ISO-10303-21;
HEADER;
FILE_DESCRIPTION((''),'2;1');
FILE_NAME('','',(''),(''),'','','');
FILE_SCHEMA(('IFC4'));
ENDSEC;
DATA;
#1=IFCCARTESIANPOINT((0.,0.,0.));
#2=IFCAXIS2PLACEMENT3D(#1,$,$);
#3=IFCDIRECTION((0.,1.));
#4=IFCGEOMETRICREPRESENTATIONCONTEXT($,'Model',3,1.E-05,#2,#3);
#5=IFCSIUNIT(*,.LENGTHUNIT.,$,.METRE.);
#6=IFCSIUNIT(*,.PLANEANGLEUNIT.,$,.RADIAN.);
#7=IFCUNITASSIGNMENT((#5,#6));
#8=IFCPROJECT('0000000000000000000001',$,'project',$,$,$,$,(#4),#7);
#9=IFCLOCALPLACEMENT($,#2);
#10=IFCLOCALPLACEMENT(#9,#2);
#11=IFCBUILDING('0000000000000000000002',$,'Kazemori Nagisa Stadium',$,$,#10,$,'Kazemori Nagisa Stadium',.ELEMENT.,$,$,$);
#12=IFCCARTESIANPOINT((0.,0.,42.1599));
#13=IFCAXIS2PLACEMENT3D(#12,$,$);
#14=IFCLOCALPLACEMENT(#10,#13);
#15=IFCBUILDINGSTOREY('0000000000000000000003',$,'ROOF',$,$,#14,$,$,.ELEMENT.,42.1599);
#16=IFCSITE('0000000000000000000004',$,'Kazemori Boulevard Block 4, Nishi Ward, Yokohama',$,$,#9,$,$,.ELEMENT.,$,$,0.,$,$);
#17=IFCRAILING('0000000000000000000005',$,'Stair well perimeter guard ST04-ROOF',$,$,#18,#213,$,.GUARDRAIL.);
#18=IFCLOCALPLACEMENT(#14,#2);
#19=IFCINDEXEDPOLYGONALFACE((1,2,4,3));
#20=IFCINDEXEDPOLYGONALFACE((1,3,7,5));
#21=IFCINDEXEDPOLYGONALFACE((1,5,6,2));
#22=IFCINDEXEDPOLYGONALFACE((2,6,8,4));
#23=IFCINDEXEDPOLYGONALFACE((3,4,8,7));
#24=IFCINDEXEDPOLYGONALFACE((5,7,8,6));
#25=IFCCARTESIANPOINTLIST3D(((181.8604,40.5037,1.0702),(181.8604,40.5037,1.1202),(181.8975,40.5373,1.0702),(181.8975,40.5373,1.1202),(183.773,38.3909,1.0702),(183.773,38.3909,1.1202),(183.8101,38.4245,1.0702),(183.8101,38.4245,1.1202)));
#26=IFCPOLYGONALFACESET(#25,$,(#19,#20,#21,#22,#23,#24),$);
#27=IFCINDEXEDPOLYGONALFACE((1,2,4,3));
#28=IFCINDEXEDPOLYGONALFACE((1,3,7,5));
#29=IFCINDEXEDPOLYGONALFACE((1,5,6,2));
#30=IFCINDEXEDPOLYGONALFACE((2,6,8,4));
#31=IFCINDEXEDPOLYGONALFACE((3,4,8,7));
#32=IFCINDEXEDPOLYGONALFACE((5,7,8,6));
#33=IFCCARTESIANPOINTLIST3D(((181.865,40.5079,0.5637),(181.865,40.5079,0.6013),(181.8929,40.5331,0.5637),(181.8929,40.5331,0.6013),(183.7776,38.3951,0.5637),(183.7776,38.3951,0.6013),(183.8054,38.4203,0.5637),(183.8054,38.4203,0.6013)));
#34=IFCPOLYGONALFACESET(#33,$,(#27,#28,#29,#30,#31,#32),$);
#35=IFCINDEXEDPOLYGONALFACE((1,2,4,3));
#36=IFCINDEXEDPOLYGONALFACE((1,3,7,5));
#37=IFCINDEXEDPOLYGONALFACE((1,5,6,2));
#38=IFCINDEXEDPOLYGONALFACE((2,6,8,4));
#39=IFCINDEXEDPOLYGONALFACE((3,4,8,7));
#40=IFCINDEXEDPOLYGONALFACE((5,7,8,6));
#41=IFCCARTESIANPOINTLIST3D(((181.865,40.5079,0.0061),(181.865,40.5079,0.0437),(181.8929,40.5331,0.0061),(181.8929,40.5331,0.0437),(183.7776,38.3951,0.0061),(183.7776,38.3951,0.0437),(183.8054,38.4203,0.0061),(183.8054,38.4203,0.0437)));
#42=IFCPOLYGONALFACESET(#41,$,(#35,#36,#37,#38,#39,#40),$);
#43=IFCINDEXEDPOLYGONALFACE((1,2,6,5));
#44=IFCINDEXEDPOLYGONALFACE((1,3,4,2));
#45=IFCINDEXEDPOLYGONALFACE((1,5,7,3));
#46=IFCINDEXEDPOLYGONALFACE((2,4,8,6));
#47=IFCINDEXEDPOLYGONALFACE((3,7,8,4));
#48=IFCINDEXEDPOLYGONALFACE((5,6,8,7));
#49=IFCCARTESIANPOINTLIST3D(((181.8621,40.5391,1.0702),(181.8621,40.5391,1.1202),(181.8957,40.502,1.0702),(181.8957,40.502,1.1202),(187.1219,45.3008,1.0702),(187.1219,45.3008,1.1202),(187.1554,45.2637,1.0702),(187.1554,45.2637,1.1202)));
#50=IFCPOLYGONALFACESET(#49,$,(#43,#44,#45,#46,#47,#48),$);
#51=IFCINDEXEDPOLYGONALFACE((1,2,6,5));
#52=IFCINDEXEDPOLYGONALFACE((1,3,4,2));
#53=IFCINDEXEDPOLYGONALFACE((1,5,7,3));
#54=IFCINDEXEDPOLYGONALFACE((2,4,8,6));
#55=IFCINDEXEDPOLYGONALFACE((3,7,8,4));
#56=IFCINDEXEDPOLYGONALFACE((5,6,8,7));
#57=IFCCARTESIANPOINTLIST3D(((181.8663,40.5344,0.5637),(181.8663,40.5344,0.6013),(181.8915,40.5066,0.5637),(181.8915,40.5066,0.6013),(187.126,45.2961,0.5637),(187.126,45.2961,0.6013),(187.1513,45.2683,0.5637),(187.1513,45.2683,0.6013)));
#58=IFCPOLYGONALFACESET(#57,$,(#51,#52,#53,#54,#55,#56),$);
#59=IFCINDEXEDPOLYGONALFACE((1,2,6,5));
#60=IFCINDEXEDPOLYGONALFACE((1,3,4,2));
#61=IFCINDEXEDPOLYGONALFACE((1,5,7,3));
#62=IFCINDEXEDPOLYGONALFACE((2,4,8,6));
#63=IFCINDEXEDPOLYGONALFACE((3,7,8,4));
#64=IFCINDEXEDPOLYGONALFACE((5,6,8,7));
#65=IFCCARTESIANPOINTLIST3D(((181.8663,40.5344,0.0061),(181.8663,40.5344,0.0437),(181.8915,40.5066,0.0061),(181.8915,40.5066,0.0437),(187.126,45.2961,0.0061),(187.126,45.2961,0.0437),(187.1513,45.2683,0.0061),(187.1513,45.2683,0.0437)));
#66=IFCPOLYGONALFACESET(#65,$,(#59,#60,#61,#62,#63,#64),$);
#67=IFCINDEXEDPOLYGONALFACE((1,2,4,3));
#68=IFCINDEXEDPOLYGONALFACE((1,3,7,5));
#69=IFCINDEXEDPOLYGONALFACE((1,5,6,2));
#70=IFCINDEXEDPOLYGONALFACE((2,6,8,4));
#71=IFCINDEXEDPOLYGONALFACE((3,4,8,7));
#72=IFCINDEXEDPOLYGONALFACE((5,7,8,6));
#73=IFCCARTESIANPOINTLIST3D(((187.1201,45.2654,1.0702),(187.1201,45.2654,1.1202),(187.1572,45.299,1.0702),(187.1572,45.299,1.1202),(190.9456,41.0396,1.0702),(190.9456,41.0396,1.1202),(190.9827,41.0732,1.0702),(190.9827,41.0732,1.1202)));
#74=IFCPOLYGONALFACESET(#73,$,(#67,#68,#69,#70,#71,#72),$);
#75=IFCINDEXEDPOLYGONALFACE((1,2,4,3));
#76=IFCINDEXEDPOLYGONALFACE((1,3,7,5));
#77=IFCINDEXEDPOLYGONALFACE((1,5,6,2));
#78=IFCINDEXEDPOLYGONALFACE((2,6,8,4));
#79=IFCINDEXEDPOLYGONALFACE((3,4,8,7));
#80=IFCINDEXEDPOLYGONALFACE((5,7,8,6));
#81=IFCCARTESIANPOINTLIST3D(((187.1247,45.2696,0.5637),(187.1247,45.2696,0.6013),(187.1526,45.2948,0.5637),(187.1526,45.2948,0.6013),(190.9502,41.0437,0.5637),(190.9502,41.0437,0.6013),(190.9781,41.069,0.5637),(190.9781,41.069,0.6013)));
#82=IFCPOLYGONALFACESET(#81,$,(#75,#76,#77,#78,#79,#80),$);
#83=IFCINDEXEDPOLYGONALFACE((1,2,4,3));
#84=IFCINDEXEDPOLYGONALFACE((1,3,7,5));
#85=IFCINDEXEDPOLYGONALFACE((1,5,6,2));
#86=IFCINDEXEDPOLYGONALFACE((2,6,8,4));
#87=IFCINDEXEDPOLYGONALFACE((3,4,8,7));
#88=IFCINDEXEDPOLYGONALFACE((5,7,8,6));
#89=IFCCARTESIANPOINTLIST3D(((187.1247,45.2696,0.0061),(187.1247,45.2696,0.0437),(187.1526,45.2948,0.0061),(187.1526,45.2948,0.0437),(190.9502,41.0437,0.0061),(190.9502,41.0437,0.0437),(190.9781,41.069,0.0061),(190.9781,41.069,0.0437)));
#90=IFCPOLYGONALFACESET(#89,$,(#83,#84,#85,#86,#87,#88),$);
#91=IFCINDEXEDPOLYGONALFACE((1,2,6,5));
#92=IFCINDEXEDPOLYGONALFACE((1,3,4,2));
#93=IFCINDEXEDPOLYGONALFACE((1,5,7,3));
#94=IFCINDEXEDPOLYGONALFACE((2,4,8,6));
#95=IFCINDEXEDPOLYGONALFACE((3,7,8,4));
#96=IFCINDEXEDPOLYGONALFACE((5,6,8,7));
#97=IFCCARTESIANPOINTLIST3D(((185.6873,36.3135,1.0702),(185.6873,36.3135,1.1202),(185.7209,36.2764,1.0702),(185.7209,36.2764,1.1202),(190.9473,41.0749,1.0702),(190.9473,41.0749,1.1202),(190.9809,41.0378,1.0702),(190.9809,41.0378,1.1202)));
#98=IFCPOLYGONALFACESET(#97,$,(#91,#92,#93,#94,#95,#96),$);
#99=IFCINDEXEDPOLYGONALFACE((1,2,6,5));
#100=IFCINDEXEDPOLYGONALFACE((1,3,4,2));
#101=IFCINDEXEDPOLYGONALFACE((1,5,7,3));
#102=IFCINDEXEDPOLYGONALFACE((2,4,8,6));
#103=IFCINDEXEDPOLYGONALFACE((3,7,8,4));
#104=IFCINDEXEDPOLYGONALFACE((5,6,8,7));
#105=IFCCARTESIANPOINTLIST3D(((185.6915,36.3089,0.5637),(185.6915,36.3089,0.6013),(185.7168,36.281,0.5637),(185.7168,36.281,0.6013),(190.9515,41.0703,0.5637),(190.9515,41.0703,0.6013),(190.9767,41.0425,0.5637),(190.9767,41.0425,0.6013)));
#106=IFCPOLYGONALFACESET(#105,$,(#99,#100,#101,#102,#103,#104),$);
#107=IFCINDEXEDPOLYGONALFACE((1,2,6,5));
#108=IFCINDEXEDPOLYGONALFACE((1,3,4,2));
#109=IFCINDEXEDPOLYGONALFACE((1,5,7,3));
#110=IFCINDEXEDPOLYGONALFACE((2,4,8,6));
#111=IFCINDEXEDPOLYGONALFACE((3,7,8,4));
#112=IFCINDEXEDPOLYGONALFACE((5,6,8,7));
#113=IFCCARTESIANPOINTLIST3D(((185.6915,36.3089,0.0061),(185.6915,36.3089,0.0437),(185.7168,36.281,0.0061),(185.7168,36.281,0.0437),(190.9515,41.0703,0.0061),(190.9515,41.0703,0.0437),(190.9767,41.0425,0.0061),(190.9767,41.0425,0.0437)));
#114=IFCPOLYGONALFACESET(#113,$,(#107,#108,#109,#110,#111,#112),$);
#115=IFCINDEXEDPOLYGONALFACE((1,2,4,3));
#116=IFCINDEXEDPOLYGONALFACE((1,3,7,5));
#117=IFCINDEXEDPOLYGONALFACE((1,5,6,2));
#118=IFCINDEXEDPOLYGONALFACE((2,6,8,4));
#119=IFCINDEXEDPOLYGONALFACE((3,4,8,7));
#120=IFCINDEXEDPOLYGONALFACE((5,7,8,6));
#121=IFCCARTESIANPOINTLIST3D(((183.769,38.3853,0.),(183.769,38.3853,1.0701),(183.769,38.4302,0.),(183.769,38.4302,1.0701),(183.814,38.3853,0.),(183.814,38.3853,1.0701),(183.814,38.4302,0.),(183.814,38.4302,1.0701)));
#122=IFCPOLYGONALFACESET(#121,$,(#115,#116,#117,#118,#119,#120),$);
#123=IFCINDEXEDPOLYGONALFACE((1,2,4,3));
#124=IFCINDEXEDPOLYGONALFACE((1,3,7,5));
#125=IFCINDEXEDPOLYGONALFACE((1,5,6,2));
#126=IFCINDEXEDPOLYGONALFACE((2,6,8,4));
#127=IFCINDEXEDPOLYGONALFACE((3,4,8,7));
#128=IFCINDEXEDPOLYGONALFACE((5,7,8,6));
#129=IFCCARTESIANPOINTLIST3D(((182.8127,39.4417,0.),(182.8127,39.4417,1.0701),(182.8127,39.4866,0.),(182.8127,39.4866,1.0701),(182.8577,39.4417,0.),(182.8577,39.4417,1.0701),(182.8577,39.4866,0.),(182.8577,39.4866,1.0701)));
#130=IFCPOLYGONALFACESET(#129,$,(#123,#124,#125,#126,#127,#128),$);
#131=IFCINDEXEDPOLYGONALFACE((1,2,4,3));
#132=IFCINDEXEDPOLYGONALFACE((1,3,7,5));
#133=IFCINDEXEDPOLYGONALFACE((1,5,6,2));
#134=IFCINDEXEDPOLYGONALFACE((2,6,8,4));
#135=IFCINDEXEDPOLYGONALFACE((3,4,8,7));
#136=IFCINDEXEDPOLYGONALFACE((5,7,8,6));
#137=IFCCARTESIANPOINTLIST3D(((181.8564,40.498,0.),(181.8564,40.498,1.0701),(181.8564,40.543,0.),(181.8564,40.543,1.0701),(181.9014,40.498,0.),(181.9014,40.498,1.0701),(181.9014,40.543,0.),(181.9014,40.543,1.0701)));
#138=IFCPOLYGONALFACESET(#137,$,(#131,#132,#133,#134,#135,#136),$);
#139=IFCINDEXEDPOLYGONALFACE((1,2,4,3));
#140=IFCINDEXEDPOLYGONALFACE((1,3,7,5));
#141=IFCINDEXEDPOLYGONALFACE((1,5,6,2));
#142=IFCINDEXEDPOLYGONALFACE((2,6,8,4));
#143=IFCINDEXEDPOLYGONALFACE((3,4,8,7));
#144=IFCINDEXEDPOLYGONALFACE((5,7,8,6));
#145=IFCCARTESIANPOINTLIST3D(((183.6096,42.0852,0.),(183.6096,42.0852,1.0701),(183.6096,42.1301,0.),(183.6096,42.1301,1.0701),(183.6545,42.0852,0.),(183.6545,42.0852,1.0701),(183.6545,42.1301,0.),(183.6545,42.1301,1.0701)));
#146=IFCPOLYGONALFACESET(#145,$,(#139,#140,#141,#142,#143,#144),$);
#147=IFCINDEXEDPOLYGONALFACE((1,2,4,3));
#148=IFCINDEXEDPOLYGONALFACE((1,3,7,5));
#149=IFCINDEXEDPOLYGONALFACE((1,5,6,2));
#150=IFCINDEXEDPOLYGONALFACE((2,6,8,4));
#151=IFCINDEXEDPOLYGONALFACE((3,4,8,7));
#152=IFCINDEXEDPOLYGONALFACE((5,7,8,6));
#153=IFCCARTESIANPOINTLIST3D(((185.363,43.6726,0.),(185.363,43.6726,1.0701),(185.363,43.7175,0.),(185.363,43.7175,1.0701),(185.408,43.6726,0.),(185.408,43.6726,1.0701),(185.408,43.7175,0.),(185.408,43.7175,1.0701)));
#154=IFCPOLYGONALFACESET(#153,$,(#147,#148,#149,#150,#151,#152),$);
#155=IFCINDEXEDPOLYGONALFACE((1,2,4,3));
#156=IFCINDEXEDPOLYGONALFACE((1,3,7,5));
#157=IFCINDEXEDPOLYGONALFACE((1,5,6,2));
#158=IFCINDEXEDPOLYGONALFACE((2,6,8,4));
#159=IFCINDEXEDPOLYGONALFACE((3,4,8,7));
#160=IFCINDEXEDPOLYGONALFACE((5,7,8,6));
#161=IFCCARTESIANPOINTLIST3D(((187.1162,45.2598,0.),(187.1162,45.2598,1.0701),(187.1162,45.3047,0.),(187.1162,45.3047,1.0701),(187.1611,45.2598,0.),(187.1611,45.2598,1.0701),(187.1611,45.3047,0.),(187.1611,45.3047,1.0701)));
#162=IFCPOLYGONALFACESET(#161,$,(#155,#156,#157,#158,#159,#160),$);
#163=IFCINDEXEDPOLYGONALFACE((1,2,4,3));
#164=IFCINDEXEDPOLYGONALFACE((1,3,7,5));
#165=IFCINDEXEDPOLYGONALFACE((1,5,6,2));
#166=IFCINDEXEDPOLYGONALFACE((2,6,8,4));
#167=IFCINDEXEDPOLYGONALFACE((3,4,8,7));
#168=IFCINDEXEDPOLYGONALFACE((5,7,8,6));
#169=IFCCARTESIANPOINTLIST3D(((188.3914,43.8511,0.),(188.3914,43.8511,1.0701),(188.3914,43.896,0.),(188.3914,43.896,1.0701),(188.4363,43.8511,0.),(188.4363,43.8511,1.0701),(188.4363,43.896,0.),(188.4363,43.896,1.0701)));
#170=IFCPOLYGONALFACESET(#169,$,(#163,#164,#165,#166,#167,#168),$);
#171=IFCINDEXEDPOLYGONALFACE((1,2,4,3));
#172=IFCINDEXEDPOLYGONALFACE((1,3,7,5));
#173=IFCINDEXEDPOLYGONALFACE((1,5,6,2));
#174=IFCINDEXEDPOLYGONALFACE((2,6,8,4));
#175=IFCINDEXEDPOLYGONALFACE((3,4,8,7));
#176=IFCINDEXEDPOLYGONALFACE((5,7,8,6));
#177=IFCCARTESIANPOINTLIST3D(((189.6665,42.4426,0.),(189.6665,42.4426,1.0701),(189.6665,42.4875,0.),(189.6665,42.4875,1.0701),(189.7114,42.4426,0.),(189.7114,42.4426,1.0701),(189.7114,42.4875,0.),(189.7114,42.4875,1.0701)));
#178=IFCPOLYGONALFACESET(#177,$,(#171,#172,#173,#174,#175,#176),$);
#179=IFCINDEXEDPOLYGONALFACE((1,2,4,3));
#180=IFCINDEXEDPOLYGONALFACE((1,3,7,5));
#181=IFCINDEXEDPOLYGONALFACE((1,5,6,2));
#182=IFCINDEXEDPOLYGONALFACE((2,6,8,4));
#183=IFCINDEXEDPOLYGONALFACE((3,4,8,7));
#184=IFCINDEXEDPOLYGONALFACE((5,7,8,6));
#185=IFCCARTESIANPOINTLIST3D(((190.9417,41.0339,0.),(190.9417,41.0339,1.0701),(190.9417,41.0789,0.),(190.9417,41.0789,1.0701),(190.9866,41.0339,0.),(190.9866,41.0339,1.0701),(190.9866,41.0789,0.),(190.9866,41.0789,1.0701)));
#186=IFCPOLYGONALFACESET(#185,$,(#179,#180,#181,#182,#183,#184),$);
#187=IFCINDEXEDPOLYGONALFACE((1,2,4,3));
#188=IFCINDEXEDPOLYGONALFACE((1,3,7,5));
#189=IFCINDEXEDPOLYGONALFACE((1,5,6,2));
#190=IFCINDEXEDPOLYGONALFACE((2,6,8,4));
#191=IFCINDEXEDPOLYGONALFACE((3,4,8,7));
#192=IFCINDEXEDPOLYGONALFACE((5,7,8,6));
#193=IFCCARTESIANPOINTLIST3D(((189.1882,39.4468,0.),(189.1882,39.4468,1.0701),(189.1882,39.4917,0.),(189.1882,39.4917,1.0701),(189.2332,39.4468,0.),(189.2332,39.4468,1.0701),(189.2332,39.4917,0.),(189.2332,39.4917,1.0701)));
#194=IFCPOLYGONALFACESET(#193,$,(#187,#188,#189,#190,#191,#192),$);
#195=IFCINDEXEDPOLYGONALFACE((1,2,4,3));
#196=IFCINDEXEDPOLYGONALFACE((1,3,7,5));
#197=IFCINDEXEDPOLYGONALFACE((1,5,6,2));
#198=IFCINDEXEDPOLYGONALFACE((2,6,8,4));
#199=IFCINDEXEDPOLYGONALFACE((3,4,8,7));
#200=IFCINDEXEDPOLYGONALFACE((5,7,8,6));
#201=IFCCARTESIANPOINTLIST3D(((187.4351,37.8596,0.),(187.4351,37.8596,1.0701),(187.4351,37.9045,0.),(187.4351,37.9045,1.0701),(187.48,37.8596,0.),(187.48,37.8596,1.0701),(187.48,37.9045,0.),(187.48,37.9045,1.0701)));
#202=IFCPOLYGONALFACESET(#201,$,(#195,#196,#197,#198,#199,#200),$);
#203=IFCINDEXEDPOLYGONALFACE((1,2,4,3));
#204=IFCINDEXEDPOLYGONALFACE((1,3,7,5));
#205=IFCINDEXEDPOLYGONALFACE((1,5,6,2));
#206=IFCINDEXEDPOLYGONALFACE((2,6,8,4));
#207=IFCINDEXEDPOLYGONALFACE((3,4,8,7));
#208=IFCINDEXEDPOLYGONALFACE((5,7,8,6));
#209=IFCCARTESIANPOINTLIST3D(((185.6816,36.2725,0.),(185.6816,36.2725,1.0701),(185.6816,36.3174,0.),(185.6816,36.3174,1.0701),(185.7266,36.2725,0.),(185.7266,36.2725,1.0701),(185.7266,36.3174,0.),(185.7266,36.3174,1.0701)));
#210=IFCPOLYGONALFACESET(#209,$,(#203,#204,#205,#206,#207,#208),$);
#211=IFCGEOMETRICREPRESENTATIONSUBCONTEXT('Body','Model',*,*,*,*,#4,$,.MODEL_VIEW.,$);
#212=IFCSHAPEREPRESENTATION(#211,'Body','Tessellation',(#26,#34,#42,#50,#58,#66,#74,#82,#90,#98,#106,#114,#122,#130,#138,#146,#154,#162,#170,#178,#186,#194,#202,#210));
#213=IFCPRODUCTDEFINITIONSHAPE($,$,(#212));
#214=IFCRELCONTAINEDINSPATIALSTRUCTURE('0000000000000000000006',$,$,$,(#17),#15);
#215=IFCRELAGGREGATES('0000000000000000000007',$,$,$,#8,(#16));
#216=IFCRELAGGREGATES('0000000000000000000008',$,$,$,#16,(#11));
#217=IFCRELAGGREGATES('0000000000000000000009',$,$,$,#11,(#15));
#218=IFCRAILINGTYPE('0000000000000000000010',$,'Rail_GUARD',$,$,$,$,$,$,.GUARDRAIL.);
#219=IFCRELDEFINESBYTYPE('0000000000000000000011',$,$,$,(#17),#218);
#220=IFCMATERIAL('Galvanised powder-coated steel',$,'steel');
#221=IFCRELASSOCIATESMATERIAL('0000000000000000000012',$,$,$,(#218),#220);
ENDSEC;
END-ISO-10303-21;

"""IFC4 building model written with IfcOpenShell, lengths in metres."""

from ifc_helpers import new_model, si_unit, direction, frame, origin, origin_2d, place, context, subcontext, project, spatial, rectangle, extrude, material, type_object, element, save


model = new_model("IFC4")

# Units and contexts
model_context = context("Model", 3, precision=1e-05, world=origin(), true_north=direction((0.0, 1.0)))
body_context = subcontext(model_context, "Body", "Model", "MODEL_VIEW")
ifc_project = project(units=[si_unit("LENGTHUNIT", "METRE"), si_unit("PLANEANGLEUNIT", "RADIAN")], contexts=[model_context])

# Site, building, storey
site_placement = place(None, origin())
site = spatial("IfcSite", under=ifc_project, at=site_placement, Name="Kazemori Boulevard Block 4, Nishi Ward, Yokohama", CompositionType="ELEMENT", RefElevation=0.0)
building_placement = place(site_placement, origin())
building = spatial("IfcBuilding", under=site, at=building_placement, Name="Kazemori Nagisa Stadium", LongName="Kazemori Nagisa Stadium", CompositionType="ELEMENT")
storey_placement = place(building_placement, frame((0.0, 0.0, 42.1599)))
storey = spatial("IfcBuildingStorey", under=building, at=storey_placement, Name="ROOF", CompositionType="ELEMENT", Elevation=42.1599)

# Railing
ifc_material_1 = material(Name="Galvanised powder-coated steel", Category="steel")
railing_type = type_object("IfcRailingType", Name="Rail_GUARD", PredefinedType="GUARDRAIL", material=ifc_material_1)
railing_1_placement = place(storey_placement, frame((183.7915, 38.4077, 0.0)))
element("IfcRailing", 1, at=railing_1_placement, inside=storey, type_object=railing_type, Name="Stair well perimeter guard ST04-ROOF", PredefinedType="GUARDRAIL", context=body_context, shape_type="SweptSolid", body=[
    extrude(rectangle(XDim=0.05, YDim=0.05, at=origin_2d()), frame((0.0, 0.0, 1.0952), z_axis=(-0.671111, 0.741357, 0.0), x_axis=(-0.741357, -0.671111, 0.0)), (0.0, 0.0, 1.0), 2.8499),
    extrude(rectangle(XDim=0.0376, YDim=0.0376, at=origin_2d()), frame((0.0, 0.0, 0.5825), z_axis=(-0.671111, 0.741357, 0.0), x_axis=(-0.741357, -0.671111, 0.0)), (0.0, 0.0, 1.0), 2.8499),
    extrude(rectangle(XDim=0.0376, YDim=0.0376, at=origin_2d()), frame((0.0, 0.0, 0.0249), z_axis=(-0.671111, 0.741357, 0.0), x_axis=(-0.741357, -0.671111, 0.0)), (0.0, 0.0, 1.0), 2.8499),
    extrude(rectangle(XDim=0.05, YDim=0.05, at=origin_2d()), frame((-1.9126, 2.1128, 1.0952), z_axis=(0.741334, 0.671137, 0.0), x_axis=(-0.671137, 0.741334, 0.0)), (0.0, 0.0, 1.0), 7.095),
    extrude(rectangle(XDim=0.0376, YDim=0.0376, at=origin_2d()), frame((-1.9126, 2.1128, 0.5825), z_axis=(0.741334, 0.671137, 0.0), x_axis=(-0.671137, 0.741334, 0.0)), (0.0, 0.0, 1.0), 7.095),
    extrude(rectangle(XDim=0.0376, YDim=0.0376, at=origin_2d()), frame((-1.9126, 2.1128, 0.0249), z_axis=(0.741334, 0.671137, 0.0), x_axis=(-0.671137, 0.741334, 0.0)), (0.0, 0.0, 1.0), 7.095),
    extrude(rectangle(XDim=0.05, YDim=0.05, at=origin_2d()), frame((3.3472, 6.8745, 1.0952), z_axis=(0.671113, -0.741355, 0.0), x_axis=(0.741355, 0.671113, 0.0)), (0.0, 0.0, 1.0), 5.7002),
    extrude(rectangle(XDim=0.0376, YDim=0.0376, at=origin_2d()), frame((3.3472, 6.8745, 0.5825), z_axis=(0.671113, -0.741355, 0.0), x_axis=(0.741355, 0.671113, 0.0)), (0.0, 0.0, 1.0), 5.7002),
    extrude(rectangle(XDim=0.0376, YDim=0.0376, at=origin_2d()), frame((3.3472, 6.8745, 0.0249), z_axis=(0.671113, -0.741355, 0.0), x_axis=(0.741355, 0.671113, 0.0)), (0.0, 0.0, 1.0), 5.7002),
    extrude(rectangle(XDim=0.05, YDim=0.05, at=origin_2d()), frame((7.1726, 2.6487, 1.0952), z_axis=(-0.741366, -0.671101, 0.0), x_axis=(0.671101, -0.741366, 0.0)), (0.0, 0.0, 1.0), 7.095),
    extrude(rectangle(XDim=0.0376, YDim=0.0376, at=origin_2d()), frame((7.1726, 2.6487, 0.5825), z_axis=(-0.741366, -0.671101, 0.0), x_axis=(0.671101, -0.741366, 0.0)), (0.0, 0.0, 1.0), 7.095),
    extrude(rectangle(XDim=0.0376, YDim=0.0376, at=origin_2d()), frame((7.1726, 2.6487, 0.0249), z_axis=(-0.741366, -0.671101, 0.0), x_axis=(0.671101, -0.741366, 0.0)), (0.0, 0.0, 1.0), 7.095),
    extrude(rectangle(XDim=0.0449, YDim=0.0449, at=origin_2d()), origin(), (0.0, 0.0, 1.0), 1.0701),
    extrude(rectangle(XDim=0.0449, YDim=0.0449, at=origin_2d()), frame((-0.9563, 1.0564, 0.0)), (0.0, 0.0, 1.0), 1.0701),
    extrude(rectangle(XDim=0.0449, YDim=0.0449, at=origin_2d()), frame((-1.9126, 2.1128, 0.0)), (0.0, 0.0, 1.0), 1.0701),
    extrude(rectangle(XDim=0.0449, YDim=0.0449, at=origin_2d()), frame((-0.1594, 3.7, 0.0)), (0.0, 0.0, 1.0), 1.0701),
    extrude(rectangle(XDim=0.0449, YDim=0.0449, at=origin_2d()), frame((1.594, 5.2874, 0.0)), (0.0, 0.0, 1.0), 1.0701),
    extrude(rectangle(XDim=0.0449, YDim=0.0449, at=origin_2d()), frame((3.3472, 6.8745, 0.0)), (0.0, 0.0, 1.0), 1.0701),
    extrude(rectangle(XDim=0.0449, YDim=0.0449, at=origin_2d()), frame((4.6223, 5.4658, 0.0)), (0.0, 0.0, 1.0), 1.0701),
    extrude(rectangle(XDim=0.0449, YDim=0.0449, at=origin_2d()), frame((5.8975, 4.0574, 0.0)), (0.0, 0.0, 1.0), 1.0701),
    extrude(rectangle(XDim=0.0449, YDim=0.0449, at=origin_2d()), frame((7.1726, 2.6487, 0.0)), (0.0, 0.0, 1.0), 1.0701),
    extrude(rectangle(XDim=0.0449, YDim=0.0449, at=origin_2d()), frame((5.4192, 1.0615, 0.0)), (0.0, 0.0, 1.0), 1.0701),
    extrude(rectangle(XDim=0.0449, YDim=0.0449, at=origin_2d()), frame((3.666, -0.5256, 0.0)), (0.0, 0.0, 1.0), 1.0701),
    extrude(rectangle(XDim=0.0449, YDim=0.0449, at=origin_2d()), frame((1.9126, -2.1128, 0.0)), (0.0, 0.0, 1.0), 1.0701),
])

save(model, "model.ifc")
